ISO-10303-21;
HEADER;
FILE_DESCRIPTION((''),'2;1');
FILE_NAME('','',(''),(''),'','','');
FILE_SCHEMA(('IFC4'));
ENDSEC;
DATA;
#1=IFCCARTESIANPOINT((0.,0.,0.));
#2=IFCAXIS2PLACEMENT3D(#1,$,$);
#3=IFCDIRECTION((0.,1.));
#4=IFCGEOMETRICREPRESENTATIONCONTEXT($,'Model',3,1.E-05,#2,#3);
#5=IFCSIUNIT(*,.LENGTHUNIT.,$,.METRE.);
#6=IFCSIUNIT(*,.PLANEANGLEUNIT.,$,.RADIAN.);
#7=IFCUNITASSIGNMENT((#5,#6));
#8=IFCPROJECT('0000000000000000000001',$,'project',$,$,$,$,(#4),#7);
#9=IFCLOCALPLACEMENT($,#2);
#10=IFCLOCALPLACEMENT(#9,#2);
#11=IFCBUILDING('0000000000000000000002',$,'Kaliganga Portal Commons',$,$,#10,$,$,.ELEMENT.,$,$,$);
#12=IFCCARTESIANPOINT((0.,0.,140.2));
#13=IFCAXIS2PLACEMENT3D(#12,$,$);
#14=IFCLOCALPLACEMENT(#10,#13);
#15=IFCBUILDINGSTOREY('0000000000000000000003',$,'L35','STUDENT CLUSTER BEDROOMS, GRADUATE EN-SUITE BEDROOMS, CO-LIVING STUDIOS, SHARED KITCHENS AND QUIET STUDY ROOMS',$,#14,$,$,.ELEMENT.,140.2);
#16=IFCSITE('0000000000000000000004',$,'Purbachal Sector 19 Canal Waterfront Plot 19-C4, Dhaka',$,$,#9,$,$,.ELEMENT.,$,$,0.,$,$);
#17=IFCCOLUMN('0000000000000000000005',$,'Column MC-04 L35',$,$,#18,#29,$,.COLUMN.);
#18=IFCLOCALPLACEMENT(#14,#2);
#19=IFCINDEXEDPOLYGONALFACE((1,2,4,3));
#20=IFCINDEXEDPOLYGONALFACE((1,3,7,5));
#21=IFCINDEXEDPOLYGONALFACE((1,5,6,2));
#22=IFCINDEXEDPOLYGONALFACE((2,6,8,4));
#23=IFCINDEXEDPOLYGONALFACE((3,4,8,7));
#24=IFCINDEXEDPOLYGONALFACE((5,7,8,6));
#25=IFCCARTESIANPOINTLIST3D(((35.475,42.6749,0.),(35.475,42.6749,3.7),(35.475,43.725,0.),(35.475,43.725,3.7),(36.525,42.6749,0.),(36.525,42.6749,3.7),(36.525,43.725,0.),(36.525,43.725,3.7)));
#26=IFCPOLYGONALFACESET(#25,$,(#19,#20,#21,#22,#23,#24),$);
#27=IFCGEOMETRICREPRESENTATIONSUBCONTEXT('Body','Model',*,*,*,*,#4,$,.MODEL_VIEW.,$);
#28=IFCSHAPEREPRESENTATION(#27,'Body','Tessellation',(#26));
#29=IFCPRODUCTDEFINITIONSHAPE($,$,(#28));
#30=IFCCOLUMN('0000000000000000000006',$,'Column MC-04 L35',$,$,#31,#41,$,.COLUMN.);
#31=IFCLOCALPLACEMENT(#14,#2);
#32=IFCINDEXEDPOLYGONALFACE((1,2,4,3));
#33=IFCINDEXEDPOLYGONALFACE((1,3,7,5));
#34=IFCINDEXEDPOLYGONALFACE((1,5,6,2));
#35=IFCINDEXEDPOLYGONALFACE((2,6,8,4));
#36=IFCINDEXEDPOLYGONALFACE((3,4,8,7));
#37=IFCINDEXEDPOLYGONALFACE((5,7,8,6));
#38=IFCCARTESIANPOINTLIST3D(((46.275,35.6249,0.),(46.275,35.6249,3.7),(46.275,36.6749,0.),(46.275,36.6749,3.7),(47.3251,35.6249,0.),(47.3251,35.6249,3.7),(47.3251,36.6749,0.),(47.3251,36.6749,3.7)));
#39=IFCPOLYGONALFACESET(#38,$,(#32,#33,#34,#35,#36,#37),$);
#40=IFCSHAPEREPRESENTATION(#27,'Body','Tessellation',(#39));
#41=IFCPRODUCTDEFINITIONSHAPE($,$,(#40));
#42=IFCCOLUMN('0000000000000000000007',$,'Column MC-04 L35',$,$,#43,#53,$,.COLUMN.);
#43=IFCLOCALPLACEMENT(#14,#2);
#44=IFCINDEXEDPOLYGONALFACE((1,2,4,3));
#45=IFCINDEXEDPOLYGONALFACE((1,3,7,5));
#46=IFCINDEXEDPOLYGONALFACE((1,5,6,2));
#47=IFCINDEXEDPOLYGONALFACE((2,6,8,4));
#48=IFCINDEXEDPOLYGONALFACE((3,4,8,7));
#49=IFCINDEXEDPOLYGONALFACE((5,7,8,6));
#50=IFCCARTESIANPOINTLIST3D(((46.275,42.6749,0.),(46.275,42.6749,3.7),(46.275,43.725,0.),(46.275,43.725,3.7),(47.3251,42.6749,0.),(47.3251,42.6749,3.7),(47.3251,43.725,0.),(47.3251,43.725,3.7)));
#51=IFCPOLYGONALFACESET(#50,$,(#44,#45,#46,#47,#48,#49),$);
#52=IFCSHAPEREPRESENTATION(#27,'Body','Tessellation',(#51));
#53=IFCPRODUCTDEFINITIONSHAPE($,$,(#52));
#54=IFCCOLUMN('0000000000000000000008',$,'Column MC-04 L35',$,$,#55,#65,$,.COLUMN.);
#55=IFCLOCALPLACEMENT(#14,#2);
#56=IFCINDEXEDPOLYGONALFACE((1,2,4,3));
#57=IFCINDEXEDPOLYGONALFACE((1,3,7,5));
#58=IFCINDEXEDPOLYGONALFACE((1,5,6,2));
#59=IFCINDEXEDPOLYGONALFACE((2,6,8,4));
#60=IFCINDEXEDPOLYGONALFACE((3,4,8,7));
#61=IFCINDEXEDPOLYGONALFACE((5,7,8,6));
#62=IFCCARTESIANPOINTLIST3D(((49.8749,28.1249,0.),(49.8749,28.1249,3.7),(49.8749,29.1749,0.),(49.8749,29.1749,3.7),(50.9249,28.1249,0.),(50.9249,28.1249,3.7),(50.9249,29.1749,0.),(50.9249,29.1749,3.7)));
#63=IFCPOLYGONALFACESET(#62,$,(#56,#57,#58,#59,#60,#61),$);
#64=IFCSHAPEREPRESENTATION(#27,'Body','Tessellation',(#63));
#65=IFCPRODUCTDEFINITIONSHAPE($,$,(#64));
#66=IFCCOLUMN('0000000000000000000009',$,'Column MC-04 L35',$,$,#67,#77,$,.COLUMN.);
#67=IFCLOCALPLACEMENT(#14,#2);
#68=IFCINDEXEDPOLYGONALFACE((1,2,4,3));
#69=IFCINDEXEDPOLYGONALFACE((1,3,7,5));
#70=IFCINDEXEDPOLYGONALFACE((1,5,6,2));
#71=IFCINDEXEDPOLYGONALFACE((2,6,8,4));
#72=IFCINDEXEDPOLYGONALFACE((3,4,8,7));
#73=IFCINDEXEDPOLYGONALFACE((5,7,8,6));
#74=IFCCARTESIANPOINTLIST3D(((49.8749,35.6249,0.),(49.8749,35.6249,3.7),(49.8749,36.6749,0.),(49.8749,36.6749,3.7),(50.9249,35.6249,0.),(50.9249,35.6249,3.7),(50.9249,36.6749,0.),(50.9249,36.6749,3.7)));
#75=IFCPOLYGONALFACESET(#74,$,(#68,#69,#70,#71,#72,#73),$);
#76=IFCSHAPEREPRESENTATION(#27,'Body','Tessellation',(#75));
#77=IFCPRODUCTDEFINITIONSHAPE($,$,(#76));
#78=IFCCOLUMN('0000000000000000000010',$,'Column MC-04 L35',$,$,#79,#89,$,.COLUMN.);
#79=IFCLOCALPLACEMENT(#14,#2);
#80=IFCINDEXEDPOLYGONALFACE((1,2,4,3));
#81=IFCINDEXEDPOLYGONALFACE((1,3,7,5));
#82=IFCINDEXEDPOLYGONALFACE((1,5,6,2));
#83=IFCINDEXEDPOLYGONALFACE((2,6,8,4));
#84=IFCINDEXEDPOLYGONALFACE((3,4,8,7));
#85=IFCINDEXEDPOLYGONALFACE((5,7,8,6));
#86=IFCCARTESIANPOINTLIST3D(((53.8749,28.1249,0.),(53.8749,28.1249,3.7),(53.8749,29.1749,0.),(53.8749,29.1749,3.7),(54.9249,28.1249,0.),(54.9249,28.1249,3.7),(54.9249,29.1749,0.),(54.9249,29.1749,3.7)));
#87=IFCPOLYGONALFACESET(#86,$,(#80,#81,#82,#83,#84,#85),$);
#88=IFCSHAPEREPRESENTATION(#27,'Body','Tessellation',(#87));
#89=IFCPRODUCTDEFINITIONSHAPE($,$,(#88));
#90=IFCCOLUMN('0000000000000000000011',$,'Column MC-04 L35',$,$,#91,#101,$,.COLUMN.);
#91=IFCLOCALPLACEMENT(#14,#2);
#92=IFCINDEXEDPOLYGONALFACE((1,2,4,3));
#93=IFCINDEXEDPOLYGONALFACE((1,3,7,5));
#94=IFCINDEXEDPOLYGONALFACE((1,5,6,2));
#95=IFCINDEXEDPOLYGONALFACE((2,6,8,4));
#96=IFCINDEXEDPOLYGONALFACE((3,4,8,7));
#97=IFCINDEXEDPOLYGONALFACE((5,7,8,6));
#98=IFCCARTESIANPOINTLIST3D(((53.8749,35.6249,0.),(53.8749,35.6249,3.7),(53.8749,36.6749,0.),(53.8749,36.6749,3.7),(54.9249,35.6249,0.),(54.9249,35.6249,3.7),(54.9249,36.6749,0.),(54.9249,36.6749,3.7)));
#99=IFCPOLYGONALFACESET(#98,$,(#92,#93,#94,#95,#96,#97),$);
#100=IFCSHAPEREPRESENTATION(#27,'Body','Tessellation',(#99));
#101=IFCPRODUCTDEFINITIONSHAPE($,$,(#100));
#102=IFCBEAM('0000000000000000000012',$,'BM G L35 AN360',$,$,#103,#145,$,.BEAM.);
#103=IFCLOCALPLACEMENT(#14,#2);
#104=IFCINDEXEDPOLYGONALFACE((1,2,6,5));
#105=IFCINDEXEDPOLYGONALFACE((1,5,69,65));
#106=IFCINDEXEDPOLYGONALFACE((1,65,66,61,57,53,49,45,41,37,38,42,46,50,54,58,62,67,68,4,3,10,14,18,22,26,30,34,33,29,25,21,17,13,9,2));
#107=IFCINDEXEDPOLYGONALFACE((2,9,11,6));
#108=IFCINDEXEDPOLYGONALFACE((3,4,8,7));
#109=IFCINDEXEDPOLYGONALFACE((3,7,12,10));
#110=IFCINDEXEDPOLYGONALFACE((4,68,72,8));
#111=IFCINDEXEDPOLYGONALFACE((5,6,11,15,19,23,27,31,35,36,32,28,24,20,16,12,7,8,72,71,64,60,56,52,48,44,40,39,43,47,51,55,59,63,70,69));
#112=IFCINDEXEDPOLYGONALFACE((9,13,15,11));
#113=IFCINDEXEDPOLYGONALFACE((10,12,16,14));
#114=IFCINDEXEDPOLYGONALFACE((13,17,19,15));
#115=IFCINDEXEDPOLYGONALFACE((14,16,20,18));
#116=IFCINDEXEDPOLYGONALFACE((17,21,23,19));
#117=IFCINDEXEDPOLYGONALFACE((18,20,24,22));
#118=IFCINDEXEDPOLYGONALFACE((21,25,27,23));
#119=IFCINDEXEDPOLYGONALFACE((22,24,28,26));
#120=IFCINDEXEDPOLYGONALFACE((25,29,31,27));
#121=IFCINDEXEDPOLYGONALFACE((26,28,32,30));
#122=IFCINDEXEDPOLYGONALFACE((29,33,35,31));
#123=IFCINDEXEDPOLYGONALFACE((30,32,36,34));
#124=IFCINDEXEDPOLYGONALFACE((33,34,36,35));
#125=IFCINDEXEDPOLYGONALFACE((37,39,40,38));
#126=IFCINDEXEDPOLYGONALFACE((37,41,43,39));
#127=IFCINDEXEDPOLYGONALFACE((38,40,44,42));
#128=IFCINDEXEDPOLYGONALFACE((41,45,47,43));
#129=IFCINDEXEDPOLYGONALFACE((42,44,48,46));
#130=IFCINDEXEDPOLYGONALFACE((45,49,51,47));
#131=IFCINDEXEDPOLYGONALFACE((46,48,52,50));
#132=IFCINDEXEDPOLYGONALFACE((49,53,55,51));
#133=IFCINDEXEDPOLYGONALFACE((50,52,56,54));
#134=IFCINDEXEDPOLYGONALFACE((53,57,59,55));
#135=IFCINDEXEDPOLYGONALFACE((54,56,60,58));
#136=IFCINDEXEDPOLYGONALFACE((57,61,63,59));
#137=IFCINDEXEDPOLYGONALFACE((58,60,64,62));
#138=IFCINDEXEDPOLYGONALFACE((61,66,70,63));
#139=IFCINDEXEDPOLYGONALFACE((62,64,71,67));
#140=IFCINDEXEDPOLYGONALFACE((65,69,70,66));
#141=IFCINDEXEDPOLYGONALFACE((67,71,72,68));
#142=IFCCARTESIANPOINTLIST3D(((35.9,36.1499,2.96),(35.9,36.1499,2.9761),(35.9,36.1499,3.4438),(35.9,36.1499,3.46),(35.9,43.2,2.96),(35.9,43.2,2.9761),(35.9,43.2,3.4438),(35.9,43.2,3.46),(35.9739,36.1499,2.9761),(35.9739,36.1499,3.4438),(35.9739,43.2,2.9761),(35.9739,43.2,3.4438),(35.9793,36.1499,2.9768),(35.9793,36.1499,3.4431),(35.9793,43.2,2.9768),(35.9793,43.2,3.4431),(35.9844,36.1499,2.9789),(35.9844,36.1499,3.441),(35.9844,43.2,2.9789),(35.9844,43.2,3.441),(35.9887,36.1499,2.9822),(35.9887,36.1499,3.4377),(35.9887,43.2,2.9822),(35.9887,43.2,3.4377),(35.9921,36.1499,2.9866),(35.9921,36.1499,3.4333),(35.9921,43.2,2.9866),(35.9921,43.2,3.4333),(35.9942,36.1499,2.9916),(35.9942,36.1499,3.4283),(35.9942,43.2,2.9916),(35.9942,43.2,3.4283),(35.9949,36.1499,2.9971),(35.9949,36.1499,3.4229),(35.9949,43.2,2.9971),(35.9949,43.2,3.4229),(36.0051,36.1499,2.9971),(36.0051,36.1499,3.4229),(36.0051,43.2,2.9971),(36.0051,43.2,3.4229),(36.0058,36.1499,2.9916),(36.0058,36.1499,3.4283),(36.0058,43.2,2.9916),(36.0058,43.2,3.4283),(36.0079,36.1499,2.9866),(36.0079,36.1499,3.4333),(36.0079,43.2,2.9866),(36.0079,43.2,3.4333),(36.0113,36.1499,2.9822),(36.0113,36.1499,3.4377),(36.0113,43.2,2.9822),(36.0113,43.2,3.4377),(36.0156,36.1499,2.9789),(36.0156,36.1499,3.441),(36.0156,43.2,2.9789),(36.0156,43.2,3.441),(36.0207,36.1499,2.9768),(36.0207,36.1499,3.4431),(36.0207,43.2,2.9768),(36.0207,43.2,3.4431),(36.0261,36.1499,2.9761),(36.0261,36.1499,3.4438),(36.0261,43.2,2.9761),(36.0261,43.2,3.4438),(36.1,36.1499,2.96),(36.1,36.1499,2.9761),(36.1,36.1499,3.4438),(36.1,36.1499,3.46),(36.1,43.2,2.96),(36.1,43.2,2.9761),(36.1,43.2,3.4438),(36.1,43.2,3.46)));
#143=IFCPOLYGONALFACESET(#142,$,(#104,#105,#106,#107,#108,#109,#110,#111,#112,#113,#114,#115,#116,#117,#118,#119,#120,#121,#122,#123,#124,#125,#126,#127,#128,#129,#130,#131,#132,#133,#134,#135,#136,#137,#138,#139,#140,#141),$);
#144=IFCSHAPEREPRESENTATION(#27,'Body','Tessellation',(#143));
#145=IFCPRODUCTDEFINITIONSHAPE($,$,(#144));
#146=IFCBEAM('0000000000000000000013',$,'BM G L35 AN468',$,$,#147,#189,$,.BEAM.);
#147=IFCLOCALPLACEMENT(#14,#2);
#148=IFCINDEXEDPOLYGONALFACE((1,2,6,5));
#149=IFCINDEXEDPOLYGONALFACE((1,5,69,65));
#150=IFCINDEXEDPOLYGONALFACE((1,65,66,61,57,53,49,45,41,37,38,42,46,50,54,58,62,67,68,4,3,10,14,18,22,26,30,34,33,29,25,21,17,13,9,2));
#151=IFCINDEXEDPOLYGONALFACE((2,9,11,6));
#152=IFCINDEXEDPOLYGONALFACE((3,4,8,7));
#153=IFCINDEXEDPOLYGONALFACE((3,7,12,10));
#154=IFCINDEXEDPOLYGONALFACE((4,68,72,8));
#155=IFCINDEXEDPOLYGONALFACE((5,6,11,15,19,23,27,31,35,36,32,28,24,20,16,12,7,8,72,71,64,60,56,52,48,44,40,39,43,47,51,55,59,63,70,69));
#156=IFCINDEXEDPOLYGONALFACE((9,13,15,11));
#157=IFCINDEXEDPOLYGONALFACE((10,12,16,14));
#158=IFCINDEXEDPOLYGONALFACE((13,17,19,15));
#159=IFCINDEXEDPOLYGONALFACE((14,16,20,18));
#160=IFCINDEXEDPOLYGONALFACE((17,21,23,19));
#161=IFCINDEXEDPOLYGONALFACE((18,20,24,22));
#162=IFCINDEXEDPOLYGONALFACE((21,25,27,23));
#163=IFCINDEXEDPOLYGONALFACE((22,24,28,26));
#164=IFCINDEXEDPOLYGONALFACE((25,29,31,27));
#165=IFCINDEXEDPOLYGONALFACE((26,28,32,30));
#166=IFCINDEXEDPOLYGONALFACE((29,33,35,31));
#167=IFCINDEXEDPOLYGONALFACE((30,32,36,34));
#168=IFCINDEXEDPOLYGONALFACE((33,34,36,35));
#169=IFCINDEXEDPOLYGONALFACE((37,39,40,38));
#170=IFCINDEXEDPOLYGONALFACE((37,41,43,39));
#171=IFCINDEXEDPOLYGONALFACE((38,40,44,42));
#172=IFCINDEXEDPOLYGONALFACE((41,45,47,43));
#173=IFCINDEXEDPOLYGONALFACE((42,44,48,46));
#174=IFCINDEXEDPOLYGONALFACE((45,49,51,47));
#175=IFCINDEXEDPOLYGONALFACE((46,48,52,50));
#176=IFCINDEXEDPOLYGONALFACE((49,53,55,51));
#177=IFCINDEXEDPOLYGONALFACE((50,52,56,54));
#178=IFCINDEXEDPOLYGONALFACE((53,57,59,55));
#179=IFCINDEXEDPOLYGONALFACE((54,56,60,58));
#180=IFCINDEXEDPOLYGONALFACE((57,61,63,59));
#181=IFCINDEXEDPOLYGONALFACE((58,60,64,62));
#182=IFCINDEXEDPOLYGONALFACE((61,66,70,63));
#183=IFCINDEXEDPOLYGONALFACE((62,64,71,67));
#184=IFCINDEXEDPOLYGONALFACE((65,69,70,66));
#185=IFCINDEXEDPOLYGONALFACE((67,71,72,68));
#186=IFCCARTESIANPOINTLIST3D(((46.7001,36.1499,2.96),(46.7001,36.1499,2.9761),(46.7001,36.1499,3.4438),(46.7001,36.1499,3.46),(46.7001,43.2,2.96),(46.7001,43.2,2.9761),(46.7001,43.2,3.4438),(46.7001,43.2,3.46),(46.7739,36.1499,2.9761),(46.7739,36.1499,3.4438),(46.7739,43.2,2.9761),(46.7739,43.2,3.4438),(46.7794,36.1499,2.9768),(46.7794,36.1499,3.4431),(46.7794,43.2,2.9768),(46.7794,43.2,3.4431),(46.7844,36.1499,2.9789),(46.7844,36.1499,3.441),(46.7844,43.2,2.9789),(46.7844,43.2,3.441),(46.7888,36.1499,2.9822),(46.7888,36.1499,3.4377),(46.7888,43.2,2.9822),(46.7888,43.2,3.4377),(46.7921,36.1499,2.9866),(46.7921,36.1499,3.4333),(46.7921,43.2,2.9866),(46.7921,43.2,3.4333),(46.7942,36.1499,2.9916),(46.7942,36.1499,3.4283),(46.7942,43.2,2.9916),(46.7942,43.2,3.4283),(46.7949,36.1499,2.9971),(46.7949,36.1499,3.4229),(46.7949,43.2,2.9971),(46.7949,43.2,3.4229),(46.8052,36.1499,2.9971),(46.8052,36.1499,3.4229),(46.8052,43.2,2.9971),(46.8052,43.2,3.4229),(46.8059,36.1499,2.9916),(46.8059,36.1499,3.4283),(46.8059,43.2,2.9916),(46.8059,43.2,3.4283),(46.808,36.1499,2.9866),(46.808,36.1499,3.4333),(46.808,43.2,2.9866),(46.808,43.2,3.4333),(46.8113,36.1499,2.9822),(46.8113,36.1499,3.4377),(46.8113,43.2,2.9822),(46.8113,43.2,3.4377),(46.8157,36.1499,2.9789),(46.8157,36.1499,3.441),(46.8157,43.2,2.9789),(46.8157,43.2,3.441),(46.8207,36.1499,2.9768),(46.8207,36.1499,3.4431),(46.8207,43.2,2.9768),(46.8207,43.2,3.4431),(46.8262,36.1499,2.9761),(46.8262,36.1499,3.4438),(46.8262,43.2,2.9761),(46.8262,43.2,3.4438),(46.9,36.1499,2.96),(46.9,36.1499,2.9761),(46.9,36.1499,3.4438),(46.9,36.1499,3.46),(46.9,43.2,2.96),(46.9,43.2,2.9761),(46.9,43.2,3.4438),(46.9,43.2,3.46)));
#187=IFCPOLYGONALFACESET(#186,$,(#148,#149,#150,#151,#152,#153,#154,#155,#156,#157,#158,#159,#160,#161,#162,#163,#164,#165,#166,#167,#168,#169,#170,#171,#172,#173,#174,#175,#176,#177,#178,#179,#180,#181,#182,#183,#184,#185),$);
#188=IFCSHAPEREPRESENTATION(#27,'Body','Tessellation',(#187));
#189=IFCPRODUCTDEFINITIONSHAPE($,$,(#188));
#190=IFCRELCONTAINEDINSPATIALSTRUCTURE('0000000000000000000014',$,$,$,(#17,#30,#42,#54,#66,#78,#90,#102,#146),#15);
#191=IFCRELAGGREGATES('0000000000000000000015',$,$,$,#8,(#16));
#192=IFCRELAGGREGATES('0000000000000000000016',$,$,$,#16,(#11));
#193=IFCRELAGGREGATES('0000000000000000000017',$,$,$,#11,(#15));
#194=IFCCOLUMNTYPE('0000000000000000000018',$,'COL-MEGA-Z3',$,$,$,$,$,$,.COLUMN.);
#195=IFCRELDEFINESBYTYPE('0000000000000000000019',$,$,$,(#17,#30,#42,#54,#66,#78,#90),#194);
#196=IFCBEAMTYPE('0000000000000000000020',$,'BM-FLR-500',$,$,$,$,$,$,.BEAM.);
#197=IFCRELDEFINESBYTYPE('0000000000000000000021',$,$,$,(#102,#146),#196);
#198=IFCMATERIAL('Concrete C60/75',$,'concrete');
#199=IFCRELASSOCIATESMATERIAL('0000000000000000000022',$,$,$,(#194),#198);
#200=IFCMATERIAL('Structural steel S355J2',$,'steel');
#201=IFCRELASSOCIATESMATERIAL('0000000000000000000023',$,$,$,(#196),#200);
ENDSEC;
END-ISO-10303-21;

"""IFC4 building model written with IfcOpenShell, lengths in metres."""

from ifc_helpers import new_model, si_unit, direction, frame, origin, origin_2d, place, context, subcontext, project, spatial, rectangle, i_section, extrude, source, transform, mapped, material, material_profile, profile_set, type_object, element, save


model = new_model("IFC4")

# Units and contexts
model_context = context("Model", 3, precision=1e-05, world=origin(), true_north=direction((0.0, 1.0)))
body_context = subcontext(model_context, "Body", "Model", "MODEL_VIEW")
ifc_project = project(units=[si_unit("LENGTHUNIT", "METRE"), si_unit("PLANEANGLEUNIT", "RADIAN")], contexts=[model_context])

# Site, building, storey
site_placement = place(None, origin())
site = spatial("IfcSite", under=ifc_project, at=site_placement, Name="Purbachal Sector 19 Canal Waterfront Plot 19-C4, Dhaka", CompositionType="ELEMENT", RefElevation=0.0)
building_placement = place(site_placement, origin())
building = spatial("IfcBuilding", under=site, at=building_placement, Name="Kaliganga Portal Commons", CompositionType="ELEMENT")
storey_placement = place(building_placement, frame((0.0, 0.0, 140.2)))
storey = spatial("IfcBuildingStorey", under=building, at=storey_placement, Name="L35", Description="STUDENT CLUSTER BEDROOMS, GRADUATE EN-SUITE BEDROOMS, CO-LIVING STUDIOS, SHARED KITCHENS AND QUIET STUDY ROOMS", CompositionType="ELEMENT", Elevation=140.2)

# Columns
ifc_material_1 = material(Name="Concrete C60/75", Category="concrete")
ifc_material_profile_1 = material_profile(ifc_material_1, rectangle(XDim=1.05, YDim=1.05, at=origin_2d()), Name="RC 1050x1050")
ifc_profile_set_1 = profile_set([ifc_material_profile_1], Name="Concrete C60/75")
column_type = type_object("IfcColumnType", Name="COL-MEGA-Z3", PredefinedType="COLUMN", material=ifc_profile_set_1)
shared_shape_1 = source(origin(), body_context, "Body", "SweptSolid", [
    extrude(rectangle(XDim=1.05, YDim=1.05, at=origin_2d()), origin(), (0.0, 0.0, 1.0), 3.7),
])
for number, where, z_axis, x_axis, name in (
    (1, (36.0, 43.2, 0.0), (0.0, 0.0, 1.0), (1.0, 0.0, 0.0), "Column MC-04 L35"),
    (2, (46.8, 36.1499, 0.0), (0.0, 0.0, 1.0), (1.0, 0.0, 0.0), "Column MC-04 L35"),
    (3, (46.8, 43.2, 0.0), (0.0, 0.0, 1.0), (1.0, 0.0, 0.0), "Column MC-04 L35"),
    (4, (50.3999, 28.6499, 0.0), (0.0, 0.0, 1.0), (1.0, 0.0, 0.0), "Column MC-04 L35"),
    (5, (50.3999, 36.1499, 0.0), (0.0, 0.0, 1.0), (1.0, 0.0, 0.0), "Column MC-04 L35"),
    (6, (54.3999, 28.6499, 0.0), (0.0, 0.0, 1.0), (1.0, 0.0, 0.0), "Column MC-04 L35"),
    (7, (54.3999, 36.1499, 0.0), (0.0, 0.0, 1.0), (1.0, 0.0, 0.0), "Column MC-04 L35"),
):
    element("IfcColumn", number, at=place(storey_placement, frame(where, z_axis=z_axis, x_axis=x_axis)), inside=storey, type_object=column_type, Name=name, PredefinedType="COLUMN", context=body_context, shape_type="MappedRepresentation", body=[
        mapped(shared_shape_1, transform((0.0, 0.0, 0.0), x_axis=(1.0, 0.0, 0.0), y_axis=(0.0, 1.0, 0.0), z_axis=(0.0, 0.0, 1.0), scale=1.0)),
    ])

# Beams
ifc_material_2 = material(Name="Structural steel S355J2", Category="steel")
ifc_material_profile_2 = material_profile(ifc_material_2, i_section(OverallWidth=0.2, OverallDepth=0.5, WebThickness=0.0103, FlangeThickness=0.0161, FilletRadius=0.021, at=origin_2d()), Name="IPE 500")
ifc_profile_set_2 = profile_set([ifc_material_profile_2], Name="Structural steel S355J2 wide-flange")
beam_type_1 = type_object("IfcBeamType", Name="BM-FLR-500", PredefinedType="BEAM", material=ifc_profile_set_2)
shared_shape_2 = source(origin(), body_context, "Body", "SweptSolid", [
    extrude(i_section(OverallWidth=0.2, OverallDepth=0.5, WebThickness=0.0103, FlangeThickness=0.0161, FilletRadius=0.021, at=origin_2d()), origin(), (0.0, 0.0, 1.0), 7.05),
])
for number, where, z_axis, x_axis, name in (
    (8, (36.0, 36.1499, 3.21), (0.0, 1.0, 0.0), (-1.0, 0.0, 0.0), "BM G L35 AN360"),
    (9, (46.8, 36.1499, 3.21), (0.0, 1.0, 0.0), (-1.0, 0.0, 0.0), "BM G L35 AN468"),
):
    element("IfcBeam", number, at=place(storey_placement, frame(where, z_axis=z_axis, x_axis=x_axis)), inside=storey, type_object=beam_type_1, Name=name, PredefinedType="BEAM", context=body_context, shape_type="MappedRepresentation", body=[
        mapped(shared_shape_2, transform((0.0, 0.0, 0.0), x_axis=(1.0, 0.0, 0.0), y_axis=(0.0, 1.0, 0.0), z_axis=(0.0, 0.0, 1.0), scale=1.0)),
    ])

save(model, "model.ifc")
